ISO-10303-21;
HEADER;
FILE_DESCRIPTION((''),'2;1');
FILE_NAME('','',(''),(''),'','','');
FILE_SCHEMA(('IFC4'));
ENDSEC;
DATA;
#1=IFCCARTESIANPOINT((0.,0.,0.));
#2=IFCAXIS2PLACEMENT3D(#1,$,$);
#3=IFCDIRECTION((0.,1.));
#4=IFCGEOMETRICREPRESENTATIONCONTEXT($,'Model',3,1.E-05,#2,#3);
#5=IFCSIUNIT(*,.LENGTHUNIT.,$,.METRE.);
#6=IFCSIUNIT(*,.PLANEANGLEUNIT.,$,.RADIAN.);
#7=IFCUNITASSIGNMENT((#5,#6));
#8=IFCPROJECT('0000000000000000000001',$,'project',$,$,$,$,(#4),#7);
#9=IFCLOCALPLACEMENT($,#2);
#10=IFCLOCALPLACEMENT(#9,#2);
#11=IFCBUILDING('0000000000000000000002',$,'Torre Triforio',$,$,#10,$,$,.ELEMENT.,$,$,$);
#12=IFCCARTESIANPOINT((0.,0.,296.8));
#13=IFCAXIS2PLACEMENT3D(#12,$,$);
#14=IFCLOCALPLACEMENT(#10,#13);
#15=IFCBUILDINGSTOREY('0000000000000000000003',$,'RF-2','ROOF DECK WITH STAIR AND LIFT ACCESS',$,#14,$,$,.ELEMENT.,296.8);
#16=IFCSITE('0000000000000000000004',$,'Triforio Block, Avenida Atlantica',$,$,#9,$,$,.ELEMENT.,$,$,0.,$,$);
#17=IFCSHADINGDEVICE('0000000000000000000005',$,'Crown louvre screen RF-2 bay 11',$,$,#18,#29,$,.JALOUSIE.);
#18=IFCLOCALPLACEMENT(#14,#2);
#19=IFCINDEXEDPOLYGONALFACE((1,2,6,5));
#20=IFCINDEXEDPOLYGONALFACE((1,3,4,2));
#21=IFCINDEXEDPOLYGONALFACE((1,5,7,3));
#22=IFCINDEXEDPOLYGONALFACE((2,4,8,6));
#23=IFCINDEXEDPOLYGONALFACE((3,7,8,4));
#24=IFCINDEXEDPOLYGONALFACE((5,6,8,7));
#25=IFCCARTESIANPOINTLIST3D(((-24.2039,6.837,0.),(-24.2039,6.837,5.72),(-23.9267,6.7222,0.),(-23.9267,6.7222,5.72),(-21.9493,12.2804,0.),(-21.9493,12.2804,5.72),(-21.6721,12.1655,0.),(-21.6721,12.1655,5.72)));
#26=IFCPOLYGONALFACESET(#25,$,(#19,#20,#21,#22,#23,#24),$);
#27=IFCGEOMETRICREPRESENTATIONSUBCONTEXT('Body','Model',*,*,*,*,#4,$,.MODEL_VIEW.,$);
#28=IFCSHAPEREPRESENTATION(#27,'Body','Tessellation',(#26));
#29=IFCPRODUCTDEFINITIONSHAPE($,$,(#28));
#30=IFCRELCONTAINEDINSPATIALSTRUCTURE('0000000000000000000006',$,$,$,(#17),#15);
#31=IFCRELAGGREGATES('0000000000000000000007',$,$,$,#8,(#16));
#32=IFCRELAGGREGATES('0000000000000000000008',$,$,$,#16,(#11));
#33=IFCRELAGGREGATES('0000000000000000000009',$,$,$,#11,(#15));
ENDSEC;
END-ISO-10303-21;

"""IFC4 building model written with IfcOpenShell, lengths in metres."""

from ifc_helpers import new_model, si_unit, direction, frame, origin, place, context, subcontext, project, spatial, polyline, outline, extrude, element, save


model = new_model("IFC4")

# Units and contexts
model_context = context("Model", 3, precision=1e-05, world=origin(), true_north=direction((0.0, 1.0)))
body_context = subcontext(model_context, "Body", "Model", "MODEL_VIEW")
ifc_project = project(units=[si_unit("LENGTHUNIT", "METRE"), si_unit("PLANEANGLEUNIT", "RADIAN")], contexts=[model_context])

# Site, building, storey
site_placement = place(None, origin())
site = spatial("IfcSite", under=ifc_project, at=site_placement, Name="Triforio Block, Avenida Atlantica", CompositionType="ELEMENT", RefElevation=0.0)
building_placement = place(site_placement, origin())
building = spatial("IfcBuilding", under=site, at=building_placement, Name="Torre Triforio", CompositionType="ELEMENT")
storey_placement = place(building_placement, frame((0.0, 0.0, 296.8)))
storey = spatial("IfcBuildingStorey", under=building, at=storey_placement, Name="RF-2", Description="ROOF DECK WITH STAIR AND LIFT ACCESS", CompositionType="ELEMENT", Elevation=296.8)

# Shading device
for number, where, z_axis, x_axis, name in (
    (1, (-21.8105, 12.2229, 0.0), (0.0, 0.0, 1.0), (-0.382673, -0.923884, 0.0), "Crown louvre screen RF-2 bay 11"),
):
    element("IfcShadingDevice", number, at=place(storey_placement, frame(where, z_axis=z_axis, x_axis=x_axis)), inside=storey, Name=name, PredefinedType="JALOUSIE", context=body_context, shape_type="SweptSolid", body=[
        extrude(outline(polyline([(0.0, 0.0), (5.8918, 0.0), (5.8918, 5.72), (0.0, 5.72), (0.0, 0.0)])), frame((0.0, 0.1499, 0.0), z_axis=(0.0, -1.0, 0.0), x_axis=(1.0, 0.0, 0.0)), (0.0, 0.0, 1.0), 0.3),
    ])

save(model, "model.ifc")
